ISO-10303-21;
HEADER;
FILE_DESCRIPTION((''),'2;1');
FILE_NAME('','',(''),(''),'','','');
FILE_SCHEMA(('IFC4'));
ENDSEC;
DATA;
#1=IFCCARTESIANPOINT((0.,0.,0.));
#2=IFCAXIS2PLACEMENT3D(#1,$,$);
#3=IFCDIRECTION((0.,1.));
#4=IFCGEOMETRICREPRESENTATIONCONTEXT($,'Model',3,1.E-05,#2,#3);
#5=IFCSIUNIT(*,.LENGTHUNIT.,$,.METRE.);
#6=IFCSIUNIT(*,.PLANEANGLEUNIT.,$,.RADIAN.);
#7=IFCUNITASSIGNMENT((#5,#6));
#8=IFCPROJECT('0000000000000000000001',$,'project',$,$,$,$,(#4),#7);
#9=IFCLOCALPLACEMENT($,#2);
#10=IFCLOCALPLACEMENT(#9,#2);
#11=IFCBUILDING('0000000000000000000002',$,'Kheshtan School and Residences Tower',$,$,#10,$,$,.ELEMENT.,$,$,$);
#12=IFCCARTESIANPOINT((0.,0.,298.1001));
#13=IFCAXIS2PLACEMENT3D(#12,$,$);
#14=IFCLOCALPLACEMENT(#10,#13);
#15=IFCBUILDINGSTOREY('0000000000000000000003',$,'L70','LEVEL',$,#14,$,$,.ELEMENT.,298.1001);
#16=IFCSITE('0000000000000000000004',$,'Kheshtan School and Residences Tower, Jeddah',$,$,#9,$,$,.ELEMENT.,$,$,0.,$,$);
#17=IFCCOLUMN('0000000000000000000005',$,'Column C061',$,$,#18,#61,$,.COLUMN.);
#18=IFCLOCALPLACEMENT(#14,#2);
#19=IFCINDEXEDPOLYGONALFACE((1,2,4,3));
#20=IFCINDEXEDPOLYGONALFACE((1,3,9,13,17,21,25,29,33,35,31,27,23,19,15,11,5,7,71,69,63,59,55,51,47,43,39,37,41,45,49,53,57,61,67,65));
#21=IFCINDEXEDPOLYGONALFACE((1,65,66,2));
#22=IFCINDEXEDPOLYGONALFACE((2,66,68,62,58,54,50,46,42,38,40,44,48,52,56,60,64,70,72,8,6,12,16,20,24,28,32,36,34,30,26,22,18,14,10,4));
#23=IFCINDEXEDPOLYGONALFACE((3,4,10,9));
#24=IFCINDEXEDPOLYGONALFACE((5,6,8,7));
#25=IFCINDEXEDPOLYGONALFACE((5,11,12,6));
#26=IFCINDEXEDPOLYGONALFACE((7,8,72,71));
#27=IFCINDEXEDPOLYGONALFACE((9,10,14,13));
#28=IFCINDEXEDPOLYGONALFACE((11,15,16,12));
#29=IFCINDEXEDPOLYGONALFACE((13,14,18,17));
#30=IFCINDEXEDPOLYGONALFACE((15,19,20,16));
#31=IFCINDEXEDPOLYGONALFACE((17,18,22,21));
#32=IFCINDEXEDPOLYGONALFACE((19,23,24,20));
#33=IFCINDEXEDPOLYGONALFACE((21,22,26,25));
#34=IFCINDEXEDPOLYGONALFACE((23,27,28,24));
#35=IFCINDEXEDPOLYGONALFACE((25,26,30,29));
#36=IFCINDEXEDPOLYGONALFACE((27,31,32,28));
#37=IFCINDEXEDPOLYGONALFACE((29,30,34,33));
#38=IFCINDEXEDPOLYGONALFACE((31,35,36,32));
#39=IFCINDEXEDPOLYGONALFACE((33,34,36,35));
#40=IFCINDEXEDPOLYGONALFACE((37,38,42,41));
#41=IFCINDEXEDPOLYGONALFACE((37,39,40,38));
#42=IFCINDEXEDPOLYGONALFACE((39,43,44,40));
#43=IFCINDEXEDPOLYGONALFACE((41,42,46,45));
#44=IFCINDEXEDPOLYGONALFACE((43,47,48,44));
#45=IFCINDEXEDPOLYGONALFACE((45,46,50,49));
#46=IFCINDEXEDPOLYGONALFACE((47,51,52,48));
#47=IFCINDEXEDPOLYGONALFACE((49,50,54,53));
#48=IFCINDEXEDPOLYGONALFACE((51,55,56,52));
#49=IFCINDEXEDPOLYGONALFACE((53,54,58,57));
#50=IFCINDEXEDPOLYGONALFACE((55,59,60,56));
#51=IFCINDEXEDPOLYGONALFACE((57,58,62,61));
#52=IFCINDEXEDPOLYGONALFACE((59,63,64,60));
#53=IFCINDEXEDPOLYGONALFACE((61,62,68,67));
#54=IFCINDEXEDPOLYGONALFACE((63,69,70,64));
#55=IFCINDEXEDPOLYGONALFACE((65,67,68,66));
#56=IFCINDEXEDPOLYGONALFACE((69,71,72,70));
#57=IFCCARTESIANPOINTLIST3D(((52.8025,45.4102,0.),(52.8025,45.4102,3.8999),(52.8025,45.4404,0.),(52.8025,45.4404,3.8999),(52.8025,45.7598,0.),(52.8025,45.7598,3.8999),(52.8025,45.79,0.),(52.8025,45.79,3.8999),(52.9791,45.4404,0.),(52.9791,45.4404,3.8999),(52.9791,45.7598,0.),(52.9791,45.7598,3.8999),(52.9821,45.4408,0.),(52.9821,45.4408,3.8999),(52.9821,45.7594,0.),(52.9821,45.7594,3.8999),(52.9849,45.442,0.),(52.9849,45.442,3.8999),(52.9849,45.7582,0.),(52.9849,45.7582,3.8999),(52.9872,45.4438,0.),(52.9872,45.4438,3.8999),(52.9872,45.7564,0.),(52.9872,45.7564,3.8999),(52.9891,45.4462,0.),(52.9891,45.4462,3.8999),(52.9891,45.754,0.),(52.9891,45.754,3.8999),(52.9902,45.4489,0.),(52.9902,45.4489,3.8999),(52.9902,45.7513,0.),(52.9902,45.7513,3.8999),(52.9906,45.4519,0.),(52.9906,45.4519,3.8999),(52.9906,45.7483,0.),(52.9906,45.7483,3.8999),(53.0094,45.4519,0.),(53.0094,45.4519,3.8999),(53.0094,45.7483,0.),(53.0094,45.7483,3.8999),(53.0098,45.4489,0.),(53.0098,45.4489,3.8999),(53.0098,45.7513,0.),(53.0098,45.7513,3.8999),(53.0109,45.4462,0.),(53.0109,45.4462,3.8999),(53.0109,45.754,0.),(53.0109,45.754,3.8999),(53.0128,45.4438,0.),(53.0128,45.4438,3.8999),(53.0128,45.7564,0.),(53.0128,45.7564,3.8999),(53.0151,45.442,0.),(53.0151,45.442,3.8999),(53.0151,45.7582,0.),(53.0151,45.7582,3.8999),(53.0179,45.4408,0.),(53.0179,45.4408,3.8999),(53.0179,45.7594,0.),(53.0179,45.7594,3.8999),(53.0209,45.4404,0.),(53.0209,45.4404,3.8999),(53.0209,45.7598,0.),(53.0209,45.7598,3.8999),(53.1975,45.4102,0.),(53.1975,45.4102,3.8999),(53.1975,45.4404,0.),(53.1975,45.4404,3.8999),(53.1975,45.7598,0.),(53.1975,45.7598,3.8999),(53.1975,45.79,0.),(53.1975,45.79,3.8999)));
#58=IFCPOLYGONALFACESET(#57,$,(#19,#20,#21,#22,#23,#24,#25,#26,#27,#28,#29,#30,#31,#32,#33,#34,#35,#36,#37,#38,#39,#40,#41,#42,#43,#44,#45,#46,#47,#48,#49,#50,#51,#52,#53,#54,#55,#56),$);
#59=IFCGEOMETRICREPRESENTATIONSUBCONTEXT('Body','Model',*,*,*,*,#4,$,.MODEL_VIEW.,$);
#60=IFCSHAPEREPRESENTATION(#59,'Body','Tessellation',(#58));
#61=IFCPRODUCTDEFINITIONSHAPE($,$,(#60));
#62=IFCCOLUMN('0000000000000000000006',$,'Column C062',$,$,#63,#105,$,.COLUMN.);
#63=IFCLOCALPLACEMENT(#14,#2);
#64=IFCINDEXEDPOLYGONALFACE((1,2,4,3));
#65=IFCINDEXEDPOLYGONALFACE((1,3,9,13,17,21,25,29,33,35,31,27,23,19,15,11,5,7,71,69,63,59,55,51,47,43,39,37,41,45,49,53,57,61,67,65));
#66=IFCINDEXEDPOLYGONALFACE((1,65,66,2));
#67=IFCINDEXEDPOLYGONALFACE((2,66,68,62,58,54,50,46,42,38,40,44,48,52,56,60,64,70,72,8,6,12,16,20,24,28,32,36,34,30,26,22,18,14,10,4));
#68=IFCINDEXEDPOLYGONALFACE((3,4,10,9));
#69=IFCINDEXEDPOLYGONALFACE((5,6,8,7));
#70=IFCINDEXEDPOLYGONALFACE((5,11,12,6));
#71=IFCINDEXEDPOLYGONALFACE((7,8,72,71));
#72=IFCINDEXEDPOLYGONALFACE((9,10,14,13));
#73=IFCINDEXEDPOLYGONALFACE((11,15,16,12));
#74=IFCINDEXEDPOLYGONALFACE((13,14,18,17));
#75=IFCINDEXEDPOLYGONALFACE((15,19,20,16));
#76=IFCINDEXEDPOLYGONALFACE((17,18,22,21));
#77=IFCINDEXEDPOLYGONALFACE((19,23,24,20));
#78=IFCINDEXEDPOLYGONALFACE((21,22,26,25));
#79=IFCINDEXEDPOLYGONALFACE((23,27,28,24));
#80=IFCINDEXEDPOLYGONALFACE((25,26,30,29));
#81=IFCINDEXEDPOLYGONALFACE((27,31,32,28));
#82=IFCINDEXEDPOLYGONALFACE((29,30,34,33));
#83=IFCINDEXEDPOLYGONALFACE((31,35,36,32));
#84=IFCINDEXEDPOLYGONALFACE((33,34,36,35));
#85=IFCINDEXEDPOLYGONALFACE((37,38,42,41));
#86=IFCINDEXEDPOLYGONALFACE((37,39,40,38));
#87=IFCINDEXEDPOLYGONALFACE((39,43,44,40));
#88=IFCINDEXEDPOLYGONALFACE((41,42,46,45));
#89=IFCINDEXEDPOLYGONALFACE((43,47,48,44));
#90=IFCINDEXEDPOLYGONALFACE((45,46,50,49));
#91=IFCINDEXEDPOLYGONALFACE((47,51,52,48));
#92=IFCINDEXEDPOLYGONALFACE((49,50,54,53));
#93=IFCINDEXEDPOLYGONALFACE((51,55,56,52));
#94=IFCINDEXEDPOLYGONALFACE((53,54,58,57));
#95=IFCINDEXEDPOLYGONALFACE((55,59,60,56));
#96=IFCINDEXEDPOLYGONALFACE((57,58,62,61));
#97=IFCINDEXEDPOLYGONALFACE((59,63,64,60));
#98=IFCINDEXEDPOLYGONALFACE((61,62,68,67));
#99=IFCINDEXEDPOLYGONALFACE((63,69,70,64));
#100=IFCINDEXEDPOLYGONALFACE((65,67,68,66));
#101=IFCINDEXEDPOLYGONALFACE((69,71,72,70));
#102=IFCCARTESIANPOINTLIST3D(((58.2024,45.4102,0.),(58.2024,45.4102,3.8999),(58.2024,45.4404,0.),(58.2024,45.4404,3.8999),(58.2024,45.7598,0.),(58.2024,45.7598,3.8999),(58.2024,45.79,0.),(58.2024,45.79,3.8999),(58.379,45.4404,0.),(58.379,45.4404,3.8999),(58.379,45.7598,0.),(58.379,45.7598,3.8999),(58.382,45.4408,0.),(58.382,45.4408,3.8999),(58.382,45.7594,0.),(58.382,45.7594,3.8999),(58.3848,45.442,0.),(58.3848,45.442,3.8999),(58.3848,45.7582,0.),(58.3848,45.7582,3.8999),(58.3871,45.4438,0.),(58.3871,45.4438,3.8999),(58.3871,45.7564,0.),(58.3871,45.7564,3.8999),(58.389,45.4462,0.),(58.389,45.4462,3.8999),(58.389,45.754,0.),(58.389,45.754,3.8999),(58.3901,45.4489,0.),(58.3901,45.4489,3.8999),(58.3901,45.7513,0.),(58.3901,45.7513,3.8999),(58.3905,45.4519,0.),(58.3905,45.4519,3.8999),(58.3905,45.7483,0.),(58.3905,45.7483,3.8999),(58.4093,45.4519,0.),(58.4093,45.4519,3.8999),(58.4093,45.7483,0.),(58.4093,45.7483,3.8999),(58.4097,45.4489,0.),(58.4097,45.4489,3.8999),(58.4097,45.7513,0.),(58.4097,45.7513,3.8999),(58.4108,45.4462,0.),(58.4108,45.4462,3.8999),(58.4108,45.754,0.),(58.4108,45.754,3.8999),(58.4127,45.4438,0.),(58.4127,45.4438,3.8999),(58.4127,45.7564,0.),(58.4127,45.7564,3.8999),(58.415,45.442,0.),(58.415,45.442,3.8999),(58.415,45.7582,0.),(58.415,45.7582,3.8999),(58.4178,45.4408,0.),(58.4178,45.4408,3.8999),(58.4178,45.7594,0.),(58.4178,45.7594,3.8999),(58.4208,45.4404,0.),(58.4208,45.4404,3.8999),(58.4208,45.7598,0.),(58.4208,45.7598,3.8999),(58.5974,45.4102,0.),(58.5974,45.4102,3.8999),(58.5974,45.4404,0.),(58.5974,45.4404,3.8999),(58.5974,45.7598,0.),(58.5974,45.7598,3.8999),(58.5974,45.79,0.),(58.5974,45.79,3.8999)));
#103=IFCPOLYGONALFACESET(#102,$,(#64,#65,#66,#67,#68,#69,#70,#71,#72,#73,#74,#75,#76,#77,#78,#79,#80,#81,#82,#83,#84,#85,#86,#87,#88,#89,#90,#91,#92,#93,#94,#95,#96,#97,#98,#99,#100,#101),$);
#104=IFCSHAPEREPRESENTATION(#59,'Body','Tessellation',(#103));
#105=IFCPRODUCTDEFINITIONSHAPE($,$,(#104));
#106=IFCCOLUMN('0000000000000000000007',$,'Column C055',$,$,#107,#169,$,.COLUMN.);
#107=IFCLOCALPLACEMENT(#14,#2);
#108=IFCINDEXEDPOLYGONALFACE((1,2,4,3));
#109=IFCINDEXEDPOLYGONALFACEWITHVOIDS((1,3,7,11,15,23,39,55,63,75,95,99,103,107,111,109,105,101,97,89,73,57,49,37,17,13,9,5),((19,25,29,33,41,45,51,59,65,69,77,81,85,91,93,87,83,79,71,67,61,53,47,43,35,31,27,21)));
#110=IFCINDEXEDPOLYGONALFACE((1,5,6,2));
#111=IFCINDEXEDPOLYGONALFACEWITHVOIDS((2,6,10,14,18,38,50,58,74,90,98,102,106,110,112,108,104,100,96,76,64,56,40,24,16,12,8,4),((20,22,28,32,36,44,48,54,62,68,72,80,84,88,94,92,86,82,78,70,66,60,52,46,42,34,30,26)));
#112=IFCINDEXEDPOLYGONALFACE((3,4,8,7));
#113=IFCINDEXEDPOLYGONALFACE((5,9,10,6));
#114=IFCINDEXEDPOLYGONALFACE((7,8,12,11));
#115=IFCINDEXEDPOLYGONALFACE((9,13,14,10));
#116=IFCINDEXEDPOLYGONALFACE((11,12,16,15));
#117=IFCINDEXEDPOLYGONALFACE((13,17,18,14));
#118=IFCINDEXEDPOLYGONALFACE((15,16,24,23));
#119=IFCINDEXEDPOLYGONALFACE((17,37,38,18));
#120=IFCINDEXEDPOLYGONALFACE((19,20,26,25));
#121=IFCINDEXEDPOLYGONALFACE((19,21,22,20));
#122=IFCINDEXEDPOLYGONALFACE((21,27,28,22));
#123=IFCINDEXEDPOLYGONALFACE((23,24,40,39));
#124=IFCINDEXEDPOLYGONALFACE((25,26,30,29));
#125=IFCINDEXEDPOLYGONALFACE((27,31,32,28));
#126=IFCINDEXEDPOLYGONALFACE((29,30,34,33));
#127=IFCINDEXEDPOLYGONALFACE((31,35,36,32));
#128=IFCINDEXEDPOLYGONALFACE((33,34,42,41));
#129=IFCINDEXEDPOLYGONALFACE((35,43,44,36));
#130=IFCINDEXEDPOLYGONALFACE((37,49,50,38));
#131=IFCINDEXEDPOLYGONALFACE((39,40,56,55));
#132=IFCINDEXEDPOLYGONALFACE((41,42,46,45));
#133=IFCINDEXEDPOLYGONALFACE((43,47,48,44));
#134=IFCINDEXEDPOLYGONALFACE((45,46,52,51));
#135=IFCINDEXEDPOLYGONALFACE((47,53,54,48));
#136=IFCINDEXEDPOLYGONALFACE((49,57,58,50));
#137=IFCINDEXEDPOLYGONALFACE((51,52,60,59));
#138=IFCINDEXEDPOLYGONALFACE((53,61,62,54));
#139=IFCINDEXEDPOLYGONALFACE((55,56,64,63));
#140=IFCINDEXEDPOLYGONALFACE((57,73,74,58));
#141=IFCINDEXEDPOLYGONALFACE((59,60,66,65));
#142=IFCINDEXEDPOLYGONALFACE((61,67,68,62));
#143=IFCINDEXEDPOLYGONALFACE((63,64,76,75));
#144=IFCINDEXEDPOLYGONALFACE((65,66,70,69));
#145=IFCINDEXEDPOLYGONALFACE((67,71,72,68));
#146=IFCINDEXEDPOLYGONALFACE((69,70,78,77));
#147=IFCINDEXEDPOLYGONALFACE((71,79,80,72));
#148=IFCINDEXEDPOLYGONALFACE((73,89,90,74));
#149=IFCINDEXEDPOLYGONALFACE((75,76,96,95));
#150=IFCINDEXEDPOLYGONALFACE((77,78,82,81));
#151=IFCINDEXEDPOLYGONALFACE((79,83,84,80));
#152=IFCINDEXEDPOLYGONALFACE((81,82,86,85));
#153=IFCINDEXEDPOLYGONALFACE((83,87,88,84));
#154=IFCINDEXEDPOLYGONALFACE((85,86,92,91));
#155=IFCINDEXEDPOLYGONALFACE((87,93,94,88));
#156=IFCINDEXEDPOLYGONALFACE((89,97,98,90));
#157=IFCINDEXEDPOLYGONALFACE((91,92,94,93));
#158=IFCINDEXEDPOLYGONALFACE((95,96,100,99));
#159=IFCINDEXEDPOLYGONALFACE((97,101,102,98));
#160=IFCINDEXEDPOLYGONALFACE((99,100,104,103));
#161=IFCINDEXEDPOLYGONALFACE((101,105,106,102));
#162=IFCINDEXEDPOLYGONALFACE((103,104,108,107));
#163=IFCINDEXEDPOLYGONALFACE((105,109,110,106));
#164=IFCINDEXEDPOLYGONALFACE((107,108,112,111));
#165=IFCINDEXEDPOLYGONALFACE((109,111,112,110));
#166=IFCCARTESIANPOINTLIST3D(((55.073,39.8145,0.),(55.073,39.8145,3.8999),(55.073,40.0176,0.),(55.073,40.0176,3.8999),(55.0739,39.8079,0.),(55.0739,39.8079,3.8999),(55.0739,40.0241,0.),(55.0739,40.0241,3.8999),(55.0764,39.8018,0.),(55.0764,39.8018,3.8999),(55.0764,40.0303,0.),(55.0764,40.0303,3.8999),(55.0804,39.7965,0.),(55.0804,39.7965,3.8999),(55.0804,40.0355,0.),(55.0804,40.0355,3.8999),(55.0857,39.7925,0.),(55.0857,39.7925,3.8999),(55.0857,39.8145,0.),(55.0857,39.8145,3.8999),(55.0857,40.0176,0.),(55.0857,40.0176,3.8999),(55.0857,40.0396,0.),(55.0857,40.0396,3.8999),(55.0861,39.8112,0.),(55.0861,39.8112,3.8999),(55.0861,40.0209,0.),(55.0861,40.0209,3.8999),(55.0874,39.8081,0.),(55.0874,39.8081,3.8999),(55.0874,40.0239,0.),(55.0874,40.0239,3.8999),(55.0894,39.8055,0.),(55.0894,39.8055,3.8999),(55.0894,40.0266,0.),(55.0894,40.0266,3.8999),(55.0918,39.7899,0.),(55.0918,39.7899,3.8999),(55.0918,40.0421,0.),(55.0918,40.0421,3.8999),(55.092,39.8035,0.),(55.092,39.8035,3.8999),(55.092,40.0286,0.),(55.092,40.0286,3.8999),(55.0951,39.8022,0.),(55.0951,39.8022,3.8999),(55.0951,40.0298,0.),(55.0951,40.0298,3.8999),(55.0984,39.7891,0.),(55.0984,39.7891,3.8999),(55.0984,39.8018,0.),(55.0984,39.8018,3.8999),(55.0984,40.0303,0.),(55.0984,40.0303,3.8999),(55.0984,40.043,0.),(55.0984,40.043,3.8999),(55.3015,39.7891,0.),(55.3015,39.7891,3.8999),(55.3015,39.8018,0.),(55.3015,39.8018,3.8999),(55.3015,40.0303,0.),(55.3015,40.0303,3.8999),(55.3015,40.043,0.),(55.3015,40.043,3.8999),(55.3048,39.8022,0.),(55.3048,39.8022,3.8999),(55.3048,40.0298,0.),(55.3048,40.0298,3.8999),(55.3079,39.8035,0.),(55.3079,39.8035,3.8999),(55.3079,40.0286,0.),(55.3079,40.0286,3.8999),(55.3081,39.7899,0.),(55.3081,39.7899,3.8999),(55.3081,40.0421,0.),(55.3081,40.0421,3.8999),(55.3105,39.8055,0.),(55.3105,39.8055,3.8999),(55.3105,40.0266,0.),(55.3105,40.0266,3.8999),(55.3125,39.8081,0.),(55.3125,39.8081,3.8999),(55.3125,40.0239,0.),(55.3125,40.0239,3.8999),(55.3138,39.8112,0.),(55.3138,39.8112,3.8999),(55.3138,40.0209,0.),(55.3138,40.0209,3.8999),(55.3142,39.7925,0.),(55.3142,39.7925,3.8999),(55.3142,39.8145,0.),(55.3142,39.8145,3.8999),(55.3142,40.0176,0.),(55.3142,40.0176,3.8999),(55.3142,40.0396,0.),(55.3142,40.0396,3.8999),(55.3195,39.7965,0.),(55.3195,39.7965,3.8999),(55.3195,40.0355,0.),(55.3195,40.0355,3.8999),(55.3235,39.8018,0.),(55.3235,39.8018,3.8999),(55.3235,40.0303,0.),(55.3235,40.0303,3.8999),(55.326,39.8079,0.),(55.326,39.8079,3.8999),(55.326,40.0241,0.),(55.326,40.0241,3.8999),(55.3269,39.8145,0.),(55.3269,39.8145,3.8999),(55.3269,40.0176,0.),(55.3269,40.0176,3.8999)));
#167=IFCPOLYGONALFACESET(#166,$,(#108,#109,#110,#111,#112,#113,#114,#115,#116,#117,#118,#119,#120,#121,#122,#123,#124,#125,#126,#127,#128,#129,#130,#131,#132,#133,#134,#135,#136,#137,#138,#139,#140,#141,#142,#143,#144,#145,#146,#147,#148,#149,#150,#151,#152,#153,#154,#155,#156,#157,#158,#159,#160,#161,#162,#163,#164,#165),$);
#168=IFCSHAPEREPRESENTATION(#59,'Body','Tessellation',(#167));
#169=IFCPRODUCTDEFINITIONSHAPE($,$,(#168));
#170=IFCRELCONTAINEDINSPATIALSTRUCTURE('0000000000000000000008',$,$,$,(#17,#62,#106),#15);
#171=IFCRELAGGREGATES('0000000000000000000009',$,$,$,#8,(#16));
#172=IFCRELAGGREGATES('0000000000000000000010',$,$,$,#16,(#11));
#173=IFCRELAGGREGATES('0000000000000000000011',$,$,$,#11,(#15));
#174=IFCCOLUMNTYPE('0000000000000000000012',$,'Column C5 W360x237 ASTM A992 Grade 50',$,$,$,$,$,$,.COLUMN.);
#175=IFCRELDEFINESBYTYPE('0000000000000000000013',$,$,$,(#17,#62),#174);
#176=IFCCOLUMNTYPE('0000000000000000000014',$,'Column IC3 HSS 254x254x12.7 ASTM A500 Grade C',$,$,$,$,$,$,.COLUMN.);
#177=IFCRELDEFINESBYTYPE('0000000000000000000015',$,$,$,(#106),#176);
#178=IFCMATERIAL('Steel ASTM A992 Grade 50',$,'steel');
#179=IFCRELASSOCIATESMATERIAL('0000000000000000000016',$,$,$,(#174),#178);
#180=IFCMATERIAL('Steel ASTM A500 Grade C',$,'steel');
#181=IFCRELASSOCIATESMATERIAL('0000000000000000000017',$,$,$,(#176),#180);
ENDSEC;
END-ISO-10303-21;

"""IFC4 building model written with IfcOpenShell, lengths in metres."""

from ifc_helpers import new_model, si_unit, direction, frame, origin, origin_2d, place, context, subcontext, project, spatial, hollow_rectangle, i_section, extrude, material, material_profile, profile_set, type_object, element, save


model = new_model("IFC4")

# Units and contexts
model_context = context("Model", 3, precision=1e-05, world=origin(), true_north=direction((0.0, 1.0)))
body_context = subcontext(model_context, "Body", "Model", "MODEL_VIEW")
ifc_project = project(units=[si_unit("LENGTHUNIT", "METRE"), si_unit("PLANEANGLEUNIT", "RADIAN")], contexts=[model_context])

# Site, building, storey
site_placement = place(None, origin())
site = spatial("IfcSite", under=ifc_project, at=site_placement, Name="Kheshtan School and Residences Tower, Jeddah", CompositionType="ELEMENT", RefElevation=0.0)
building_placement = place(site_placement, origin())
building = spatial("IfcBuilding", under=site, at=building_placement, Name="Kheshtan School and Residences Tower", CompositionType="ELEMENT")
storey_placement = place(building_placement, frame((0.0, 0.0, 298.1001)))
storey = spatial("IfcBuildingStorey", under=building, at=storey_placement, Name="L70", Description="LEVEL", CompositionType="ELEMENT", Elevation=298.1001)

# Columns
ifc_material_1 = material(Name="Steel ASTM A992 Grade 50", Category="steel")
ifc_material_profile_1 = material_profile(ifc_material_1, i_section(OverallWidth=0.395, OverallDepth=0.3799, WebThickness=0.0188, FlangeThickness=0.0303, FilletRadius=0.0115, at=origin_2d()), Name="W360x237")
ifc_profile_set_1 = profile_set([ifc_material_profile_1], Name="Steel ASTM A992 Grade 50")
column_type_1 = type_object("IfcColumnType", Name="Column C5 W360x237 ASTM A992 Grade 50", PredefinedType="COLUMN", material=ifc_profile_set_1)
for number, where, z_axis, x_axis, name in (
    (1, (53.0, 45.6001, 0.0), (0.0, 0.0, 1.0), (1.0, 0.0, 0.0), "Column C061"),
    (2, (58.3999, 45.6001, 0.0), (0.0, 0.0, 1.0), (1.0, 0.0, 0.0), "Column C062"),
):
    element("IfcColumn", number, at=place(storey_placement, frame(where, z_axis=z_axis, x_axis=x_axis)), inside=storey, type_object=column_type_1, Name=name, PredefinedType="COLUMN", context=body_context, shape_type="SweptSolid", body=[
        extrude(i_section(OverallWidth=0.395, OverallDepth=0.3799, WebThickness=0.0188, FlangeThickness=0.0303, FilletRadius=0.0115, at=origin_2d()), origin(), (0.0, 0.0, 1.0), 3.8999),
    ])
ifc_material_2 = material(Name="Steel ASTM A500 Grade C", Category="steel")
ifc_material_profile_2 = material_profile(ifc_material_2, hollow_rectangle(XDim=0.2539, YDim=0.2539, WallThickness=0.0127, InnerFilletRadius=0.0127, OuterFilletRadius=0.0254, at=origin_2d()), Name="HSS 254x254x12.7")
ifc_profile_set_2 = profile_set([ifc_material_profile_2], Name="Steel ASTM A500 Grade C")
column_type_2 = type_object("IfcColumnType", Name="Column IC3 HSS 254x254x12.7 ASTM A500 Grade C", PredefinedType="COLUMN", material=ifc_profile_set_2)
column_placement = place(storey_placement, frame((55.2, 39.916, 0.0), z_axis=(0.0, 0.0, 1.0), x_axis=(1.0, 0.0, 0.0)))
element("IfcColumn", 3, at=column_placement, inside=storey, type_object=column_type_2, Name="Column C055", PredefinedType="COLUMN", context=body_context, shape_type="SweptSolid", body=[
    extrude(hollow_rectangle(XDim=0.2539, YDim=0.2539, WallThickness=0.0127, InnerFilletRadius=0.0127, OuterFilletRadius=0.0254, at=origin_2d()), origin(), (0.0, 0.0, 1.0), 3.8999),
])

save(model, "model.ifc")
